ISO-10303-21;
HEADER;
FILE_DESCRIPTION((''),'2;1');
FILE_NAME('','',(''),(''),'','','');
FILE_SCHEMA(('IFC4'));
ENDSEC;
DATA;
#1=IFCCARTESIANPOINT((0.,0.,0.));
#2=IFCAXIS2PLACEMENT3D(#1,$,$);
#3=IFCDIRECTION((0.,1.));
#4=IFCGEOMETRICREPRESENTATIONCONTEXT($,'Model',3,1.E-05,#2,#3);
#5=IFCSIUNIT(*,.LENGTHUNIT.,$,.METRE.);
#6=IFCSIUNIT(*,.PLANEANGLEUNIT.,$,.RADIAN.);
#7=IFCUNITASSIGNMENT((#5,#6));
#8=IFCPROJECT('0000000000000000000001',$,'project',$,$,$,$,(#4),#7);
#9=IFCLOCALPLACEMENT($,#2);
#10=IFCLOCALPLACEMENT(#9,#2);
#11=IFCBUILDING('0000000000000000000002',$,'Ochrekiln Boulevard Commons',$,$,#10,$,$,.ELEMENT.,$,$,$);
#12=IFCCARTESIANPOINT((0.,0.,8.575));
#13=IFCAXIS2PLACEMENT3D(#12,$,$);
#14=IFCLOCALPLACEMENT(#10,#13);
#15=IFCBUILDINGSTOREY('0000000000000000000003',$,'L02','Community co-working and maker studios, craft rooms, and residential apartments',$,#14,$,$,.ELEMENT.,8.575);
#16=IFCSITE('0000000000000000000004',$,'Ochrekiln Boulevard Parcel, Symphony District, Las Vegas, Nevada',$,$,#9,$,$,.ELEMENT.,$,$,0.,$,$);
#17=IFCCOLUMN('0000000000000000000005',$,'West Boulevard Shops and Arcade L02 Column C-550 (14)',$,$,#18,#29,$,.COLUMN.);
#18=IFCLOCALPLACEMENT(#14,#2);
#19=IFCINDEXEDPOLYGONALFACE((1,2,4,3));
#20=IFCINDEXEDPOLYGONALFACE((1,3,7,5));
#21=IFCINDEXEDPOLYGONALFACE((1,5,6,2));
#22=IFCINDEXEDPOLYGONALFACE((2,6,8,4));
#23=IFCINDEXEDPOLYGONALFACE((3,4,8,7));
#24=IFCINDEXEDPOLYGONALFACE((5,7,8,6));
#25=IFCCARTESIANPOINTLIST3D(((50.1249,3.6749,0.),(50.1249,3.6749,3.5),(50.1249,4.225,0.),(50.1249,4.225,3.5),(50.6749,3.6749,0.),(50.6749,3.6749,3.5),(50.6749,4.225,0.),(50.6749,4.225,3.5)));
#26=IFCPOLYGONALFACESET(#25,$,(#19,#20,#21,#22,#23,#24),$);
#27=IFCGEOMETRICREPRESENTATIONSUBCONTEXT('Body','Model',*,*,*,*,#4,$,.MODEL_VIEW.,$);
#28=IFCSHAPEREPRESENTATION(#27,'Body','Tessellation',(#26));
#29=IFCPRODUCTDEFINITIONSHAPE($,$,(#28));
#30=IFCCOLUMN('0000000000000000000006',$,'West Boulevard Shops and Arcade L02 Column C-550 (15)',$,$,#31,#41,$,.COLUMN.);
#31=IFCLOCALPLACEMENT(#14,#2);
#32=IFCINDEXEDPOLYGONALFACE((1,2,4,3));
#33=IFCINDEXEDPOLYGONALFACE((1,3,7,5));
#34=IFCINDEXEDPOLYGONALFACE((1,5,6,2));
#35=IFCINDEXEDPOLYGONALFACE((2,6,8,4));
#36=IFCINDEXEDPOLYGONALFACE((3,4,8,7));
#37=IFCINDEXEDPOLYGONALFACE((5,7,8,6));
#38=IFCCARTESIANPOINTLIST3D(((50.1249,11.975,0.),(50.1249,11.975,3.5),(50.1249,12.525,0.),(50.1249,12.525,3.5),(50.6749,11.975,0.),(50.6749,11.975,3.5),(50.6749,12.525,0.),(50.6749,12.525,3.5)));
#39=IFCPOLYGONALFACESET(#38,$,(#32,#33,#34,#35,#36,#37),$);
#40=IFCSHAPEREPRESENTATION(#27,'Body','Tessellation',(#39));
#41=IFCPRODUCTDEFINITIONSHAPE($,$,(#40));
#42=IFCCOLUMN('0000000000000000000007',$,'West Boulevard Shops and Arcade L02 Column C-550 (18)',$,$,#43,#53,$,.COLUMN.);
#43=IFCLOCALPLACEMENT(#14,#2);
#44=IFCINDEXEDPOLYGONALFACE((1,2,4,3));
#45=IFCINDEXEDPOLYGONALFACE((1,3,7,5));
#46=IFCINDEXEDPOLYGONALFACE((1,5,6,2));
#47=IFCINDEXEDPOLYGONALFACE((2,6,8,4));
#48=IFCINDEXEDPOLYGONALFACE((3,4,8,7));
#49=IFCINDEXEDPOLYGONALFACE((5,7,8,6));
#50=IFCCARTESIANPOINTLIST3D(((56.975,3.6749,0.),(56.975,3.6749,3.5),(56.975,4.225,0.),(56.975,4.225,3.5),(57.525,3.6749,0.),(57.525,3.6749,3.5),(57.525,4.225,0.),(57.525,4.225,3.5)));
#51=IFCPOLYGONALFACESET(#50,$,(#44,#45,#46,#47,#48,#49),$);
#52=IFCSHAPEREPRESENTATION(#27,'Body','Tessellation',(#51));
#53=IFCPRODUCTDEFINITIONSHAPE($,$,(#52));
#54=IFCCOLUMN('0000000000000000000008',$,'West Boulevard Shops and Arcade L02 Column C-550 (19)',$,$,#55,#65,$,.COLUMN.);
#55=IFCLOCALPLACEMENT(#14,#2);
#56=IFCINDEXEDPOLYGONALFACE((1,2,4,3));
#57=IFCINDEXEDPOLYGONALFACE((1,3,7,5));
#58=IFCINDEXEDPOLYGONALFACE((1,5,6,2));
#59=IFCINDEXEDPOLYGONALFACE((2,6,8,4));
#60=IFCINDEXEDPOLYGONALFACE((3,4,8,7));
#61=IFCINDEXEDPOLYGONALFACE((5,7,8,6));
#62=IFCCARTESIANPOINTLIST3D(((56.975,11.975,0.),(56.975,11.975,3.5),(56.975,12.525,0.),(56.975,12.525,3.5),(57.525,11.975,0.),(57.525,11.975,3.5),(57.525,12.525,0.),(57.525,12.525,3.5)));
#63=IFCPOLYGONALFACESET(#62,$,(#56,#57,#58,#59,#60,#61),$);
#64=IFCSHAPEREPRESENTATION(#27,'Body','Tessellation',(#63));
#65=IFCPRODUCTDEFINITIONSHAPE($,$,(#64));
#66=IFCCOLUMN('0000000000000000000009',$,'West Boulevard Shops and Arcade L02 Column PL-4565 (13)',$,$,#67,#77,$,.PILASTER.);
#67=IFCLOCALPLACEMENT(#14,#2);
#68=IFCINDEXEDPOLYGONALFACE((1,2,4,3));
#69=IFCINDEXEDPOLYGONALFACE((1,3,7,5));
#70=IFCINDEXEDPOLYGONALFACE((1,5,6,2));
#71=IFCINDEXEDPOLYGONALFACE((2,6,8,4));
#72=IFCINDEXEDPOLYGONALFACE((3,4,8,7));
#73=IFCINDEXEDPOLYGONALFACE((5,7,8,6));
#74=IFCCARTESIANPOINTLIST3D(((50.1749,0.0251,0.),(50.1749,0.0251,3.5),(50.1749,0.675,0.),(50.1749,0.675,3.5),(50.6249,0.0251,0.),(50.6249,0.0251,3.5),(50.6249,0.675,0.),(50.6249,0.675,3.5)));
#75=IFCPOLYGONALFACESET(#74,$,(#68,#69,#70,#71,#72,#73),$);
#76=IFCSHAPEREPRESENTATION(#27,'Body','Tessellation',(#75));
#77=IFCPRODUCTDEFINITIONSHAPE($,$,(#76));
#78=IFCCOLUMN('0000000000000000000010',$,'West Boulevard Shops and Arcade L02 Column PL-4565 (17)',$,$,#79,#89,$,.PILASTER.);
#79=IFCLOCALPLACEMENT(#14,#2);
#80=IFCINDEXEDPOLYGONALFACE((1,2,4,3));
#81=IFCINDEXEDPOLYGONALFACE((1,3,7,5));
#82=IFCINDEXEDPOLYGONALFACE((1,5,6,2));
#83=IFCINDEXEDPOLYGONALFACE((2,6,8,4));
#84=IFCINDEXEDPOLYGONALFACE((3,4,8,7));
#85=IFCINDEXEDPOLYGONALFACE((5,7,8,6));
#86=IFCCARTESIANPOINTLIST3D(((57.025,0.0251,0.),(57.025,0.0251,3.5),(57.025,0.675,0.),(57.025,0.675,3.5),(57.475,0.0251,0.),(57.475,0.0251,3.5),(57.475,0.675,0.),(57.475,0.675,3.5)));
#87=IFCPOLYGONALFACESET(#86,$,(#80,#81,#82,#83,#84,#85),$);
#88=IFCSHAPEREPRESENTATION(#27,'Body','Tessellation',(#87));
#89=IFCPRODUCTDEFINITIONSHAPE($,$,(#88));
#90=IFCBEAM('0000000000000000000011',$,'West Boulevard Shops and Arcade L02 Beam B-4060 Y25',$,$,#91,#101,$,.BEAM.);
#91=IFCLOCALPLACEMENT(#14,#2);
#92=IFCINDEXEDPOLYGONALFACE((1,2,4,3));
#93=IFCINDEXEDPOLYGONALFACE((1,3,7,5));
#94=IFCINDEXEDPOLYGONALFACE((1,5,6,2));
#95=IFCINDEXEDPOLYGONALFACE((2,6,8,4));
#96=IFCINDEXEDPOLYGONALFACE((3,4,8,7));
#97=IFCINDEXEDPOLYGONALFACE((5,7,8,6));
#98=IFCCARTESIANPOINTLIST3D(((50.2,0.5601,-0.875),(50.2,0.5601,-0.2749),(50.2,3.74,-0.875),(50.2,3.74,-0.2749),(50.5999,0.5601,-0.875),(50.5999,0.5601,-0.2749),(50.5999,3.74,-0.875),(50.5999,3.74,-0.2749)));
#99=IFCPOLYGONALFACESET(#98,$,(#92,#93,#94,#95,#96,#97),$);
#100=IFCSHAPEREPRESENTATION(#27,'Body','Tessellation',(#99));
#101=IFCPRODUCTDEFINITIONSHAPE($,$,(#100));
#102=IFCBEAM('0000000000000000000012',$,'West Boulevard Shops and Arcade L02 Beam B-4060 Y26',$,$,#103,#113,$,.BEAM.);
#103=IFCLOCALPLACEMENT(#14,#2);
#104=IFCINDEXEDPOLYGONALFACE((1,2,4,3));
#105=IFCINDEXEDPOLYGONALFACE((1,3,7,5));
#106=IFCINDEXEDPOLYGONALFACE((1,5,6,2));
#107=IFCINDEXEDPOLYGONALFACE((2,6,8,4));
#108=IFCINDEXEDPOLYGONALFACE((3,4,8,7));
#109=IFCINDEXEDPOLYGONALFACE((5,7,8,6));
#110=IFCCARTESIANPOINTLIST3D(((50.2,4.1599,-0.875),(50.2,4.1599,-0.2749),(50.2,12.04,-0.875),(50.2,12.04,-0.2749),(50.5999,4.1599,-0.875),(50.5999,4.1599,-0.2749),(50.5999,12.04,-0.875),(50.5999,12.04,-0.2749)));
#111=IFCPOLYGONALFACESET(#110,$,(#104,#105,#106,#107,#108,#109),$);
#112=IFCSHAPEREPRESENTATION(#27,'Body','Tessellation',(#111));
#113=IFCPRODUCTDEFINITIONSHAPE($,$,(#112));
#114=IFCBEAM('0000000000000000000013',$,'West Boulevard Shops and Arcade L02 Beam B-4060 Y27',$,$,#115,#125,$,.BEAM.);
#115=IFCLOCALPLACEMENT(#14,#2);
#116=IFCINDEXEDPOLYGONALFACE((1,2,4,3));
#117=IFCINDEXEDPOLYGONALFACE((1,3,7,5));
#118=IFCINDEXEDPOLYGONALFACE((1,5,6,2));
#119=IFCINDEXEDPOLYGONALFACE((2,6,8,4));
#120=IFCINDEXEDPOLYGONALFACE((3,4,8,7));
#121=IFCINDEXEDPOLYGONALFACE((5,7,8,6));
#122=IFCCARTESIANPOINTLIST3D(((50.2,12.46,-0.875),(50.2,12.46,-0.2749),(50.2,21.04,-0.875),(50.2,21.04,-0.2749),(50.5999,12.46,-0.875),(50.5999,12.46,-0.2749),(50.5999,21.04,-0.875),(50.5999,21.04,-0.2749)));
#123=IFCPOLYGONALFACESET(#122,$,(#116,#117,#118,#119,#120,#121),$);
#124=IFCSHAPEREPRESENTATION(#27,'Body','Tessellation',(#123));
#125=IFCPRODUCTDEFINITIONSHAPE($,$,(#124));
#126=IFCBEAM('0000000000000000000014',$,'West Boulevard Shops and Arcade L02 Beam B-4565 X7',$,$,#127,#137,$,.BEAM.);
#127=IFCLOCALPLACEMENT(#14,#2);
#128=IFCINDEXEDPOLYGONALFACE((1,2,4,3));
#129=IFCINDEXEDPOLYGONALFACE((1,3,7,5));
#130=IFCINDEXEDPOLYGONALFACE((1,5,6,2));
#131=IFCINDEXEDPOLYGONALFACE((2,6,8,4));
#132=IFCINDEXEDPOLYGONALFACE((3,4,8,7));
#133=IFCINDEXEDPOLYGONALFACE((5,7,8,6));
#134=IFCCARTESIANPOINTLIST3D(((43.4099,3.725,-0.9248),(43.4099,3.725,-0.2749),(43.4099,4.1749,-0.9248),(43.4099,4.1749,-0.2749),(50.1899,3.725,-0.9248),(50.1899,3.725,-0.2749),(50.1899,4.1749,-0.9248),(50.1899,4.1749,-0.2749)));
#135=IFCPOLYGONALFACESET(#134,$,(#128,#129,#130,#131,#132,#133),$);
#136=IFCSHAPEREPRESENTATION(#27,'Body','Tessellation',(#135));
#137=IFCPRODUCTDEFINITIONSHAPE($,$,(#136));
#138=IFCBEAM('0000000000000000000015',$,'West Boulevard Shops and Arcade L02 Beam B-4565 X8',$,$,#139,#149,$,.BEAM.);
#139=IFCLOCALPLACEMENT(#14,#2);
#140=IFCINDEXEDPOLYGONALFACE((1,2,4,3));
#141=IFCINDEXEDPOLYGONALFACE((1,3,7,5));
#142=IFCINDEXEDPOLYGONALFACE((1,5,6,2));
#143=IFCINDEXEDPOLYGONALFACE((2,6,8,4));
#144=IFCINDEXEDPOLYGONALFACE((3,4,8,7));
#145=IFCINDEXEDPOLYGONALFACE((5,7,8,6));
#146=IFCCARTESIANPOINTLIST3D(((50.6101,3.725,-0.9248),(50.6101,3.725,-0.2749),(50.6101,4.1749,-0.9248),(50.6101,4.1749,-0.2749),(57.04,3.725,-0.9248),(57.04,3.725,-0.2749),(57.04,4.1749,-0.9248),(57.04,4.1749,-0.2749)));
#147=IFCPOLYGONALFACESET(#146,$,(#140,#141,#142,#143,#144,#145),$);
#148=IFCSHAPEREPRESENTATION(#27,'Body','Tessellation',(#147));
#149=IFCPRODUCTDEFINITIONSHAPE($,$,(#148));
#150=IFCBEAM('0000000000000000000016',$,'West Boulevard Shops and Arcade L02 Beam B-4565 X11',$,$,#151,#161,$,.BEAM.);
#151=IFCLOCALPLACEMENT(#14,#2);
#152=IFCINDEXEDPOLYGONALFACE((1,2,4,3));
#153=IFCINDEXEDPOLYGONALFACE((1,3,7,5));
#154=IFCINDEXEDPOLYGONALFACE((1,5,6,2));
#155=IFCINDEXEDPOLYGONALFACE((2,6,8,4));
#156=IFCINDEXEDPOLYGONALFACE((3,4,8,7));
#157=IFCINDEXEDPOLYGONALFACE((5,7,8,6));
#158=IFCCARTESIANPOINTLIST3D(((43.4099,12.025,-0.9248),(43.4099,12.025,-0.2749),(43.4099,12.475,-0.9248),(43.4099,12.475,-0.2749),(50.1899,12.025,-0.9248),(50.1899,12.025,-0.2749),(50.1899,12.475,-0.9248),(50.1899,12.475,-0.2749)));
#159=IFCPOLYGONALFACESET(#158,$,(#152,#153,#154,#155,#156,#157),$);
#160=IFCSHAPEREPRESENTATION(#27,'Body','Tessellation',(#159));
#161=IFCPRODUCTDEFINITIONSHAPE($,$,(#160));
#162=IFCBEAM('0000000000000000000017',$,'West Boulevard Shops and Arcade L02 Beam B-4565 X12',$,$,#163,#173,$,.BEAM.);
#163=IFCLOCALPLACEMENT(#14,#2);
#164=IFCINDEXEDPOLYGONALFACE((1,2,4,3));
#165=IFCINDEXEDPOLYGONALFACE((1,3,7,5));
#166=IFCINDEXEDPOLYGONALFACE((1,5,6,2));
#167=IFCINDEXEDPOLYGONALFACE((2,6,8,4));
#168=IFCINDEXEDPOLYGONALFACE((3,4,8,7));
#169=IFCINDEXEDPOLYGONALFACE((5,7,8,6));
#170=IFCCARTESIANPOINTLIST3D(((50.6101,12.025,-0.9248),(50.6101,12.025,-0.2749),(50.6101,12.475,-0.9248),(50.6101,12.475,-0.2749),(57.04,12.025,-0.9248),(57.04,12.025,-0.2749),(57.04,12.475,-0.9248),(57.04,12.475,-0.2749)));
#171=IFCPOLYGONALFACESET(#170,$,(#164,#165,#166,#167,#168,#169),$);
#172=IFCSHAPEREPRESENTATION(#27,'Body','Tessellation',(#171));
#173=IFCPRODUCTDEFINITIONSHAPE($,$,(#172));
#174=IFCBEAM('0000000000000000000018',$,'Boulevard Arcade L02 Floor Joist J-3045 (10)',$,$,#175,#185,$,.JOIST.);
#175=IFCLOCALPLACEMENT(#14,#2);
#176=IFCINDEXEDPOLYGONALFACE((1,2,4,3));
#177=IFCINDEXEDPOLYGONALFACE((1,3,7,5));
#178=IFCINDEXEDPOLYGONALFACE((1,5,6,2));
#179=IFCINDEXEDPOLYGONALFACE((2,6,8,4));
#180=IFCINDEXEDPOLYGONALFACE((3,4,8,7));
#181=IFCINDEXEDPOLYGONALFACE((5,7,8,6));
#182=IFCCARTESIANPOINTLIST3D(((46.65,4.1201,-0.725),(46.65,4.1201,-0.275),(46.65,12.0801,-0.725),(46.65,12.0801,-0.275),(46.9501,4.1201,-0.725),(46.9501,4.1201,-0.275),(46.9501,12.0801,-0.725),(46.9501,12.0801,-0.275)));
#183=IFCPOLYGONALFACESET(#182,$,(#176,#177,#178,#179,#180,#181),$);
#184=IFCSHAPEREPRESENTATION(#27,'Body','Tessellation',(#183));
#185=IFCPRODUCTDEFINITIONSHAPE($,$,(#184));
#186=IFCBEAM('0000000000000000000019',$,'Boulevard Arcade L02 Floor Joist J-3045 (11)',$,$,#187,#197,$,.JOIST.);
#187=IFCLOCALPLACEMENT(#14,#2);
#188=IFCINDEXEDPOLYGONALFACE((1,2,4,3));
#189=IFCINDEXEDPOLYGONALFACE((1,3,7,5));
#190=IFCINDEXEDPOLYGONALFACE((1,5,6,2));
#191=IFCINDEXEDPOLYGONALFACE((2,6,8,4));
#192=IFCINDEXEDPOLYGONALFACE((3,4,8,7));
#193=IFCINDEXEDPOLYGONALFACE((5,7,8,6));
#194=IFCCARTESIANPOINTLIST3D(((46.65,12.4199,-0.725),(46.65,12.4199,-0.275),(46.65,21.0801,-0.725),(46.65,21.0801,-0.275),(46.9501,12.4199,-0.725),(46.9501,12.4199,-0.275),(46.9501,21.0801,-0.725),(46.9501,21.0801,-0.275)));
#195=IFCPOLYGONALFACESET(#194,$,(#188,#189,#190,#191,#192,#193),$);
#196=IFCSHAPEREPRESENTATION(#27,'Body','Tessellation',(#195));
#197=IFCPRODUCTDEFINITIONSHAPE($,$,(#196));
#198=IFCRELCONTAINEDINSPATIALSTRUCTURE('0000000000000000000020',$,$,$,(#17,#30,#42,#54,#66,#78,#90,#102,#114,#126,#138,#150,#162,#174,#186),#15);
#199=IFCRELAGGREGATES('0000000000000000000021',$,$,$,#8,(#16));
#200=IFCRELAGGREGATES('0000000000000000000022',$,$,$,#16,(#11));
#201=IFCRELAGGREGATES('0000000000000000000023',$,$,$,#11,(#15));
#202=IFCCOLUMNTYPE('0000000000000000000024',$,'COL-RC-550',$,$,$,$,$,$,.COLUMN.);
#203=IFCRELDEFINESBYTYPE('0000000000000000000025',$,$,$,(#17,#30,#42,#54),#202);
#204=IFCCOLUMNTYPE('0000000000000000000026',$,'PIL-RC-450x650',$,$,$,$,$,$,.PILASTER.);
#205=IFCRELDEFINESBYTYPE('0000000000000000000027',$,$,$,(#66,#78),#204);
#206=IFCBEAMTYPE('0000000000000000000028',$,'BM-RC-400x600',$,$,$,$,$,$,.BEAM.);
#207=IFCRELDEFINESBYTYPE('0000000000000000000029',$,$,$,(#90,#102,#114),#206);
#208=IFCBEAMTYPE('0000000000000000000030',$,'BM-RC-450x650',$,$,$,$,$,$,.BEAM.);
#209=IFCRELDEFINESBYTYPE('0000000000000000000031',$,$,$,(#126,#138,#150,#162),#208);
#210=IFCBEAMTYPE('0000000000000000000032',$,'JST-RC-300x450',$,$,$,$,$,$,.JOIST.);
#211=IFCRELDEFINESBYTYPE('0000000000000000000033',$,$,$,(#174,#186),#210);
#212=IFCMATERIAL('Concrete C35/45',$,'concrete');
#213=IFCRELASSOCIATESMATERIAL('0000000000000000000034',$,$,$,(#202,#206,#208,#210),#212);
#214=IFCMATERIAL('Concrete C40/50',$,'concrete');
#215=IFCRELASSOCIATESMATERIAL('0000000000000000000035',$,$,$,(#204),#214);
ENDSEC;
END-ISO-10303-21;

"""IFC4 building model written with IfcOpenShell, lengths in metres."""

from ifc_helpers import new_model, si_unit, direction, frame, origin, origin_2d, place, context, subcontext, project, spatial, rectangle, extrude, material, material_profile, profile_set, type_object, element, save


model = new_model("IFC4")

# Units and contexts
model_context = context("Model", 3, precision=1e-05, world=origin(), true_north=direction((0.0, 1.0)))
body_context = subcontext(model_context, "Body", "Model", "MODEL_VIEW")
ifc_project = project(units=[si_unit("LENGTHUNIT", "METRE"), si_unit("PLANEANGLEUNIT", "RADIAN")], contexts=[model_context])

# Site, building, storey
site_placement = place(None, origin())
site = spatial("IfcSite", under=ifc_project, at=site_placement, Name="Ochrekiln Boulevard Parcel, Symphony District, Las Vegas, Nevada", CompositionType="ELEMENT", RefElevation=0.0)
building_placement = place(site_placement, origin())
building = spatial("IfcBuilding", under=site, at=building_placement, Name="Ochrekiln Boulevard Commons", CompositionType="ELEMENT")
storey_placement = place(building_placement, frame((0.0, 0.0, 8.575)))
storey = spatial("IfcBuildingStorey", under=building, at=storey_placement, Name="L02", Description="Community co-working and maker studios, craft rooms, and residential apartments", CompositionType="ELEMENT", Elevation=8.575)

# Columns
ifc_material_1 = material(Name="Concrete C35/45", Category="concrete")
ifc_material_profile_1 = material_profile(ifc_material_1, rectangle(XDim=0.55, YDim=0.55, at=origin_2d()), Name="RC-COL-550x550")
ifc_profile_set_1 = profile_set([ifc_material_profile_1], Name="Concrete C35/45")
column_type_1 = type_object("IfcColumnType", Name="COL-RC-550", PredefinedType="COLUMN", material=ifc_profile_set_1)
for number, where, z_axis, x_axis, name in (
    (1, (50.3999, 3.95, 0.0), (0.0, 0.0, 1.0), (1.0, 0.0, 0.0), "West Boulevard Shops and Arcade L02 Column C-550 (14)"),
    (2, (50.3999, 12.25, 0.0), (0.0, 0.0, 1.0), (1.0, 0.0, 0.0), "West Boulevard Shops and Arcade L02 Column C-550 (15)"),
    (3, (57.25, 3.95, 0.0), (0.0, 0.0, 1.0), (1.0, 0.0, 0.0), "West Boulevard Shops and Arcade L02 Column C-550 (18)"),
    (4, (57.25, 12.25, 0.0), (0.0, 0.0, 1.0), (1.0, 0.0, 0.0), "West Boulevard Shops and Arcade L02 Column C-550 (19)"),
):
    element("IfcColumn", number, at=place(storey_placement, frame(where, z_axis=z_axis, x_axis=x_axis)), inside=storey, type_object=column_type_1, Name=name, PredefinedType="COLUMN", context=body_context, shape_type="SweptSolid", body=[
        extrude(rectangle(XDim=0.55, YDim=0.55, at=origin_2d()), origin(), (0.0, 0.0, 1.0), 3.5),
    ])
ifc_material_2 = material(Name="Concrete C40/50", Category="concrete")
ifc_material_profile_2 = material_profile(ifc_material_2, rectangle(XDim=0.45, YDim=0.6499, at=origin_2d()), Name="RC-PIL-450x650")
ifc_profile_set_2 = profile_set([ifc_material_profile_2], Name="Concrete C40/50")
column_type_2 = type_object("IfcColumnType", Name="PIL-RC-450x650", PredefinedType="PILASTER", material=ifc_profile_set_2)
for number, where, z_axis, x_axis, name in (
    (5, (50.3999, 0.3501, 0.0), (0.0, 0.0, 1.0), (1.0, 0.0, 0.0), "West Boulevard Shops and Arcade L02 Column PL-4565 (13)"),
    (6, (57.25, 0.3501, 0.0), (0.0, 0.0, 1.0), (1.0, 0.0, 0.0), "West Boulevard Shops and Arcade L02 Column PL-4565 (17)"),
):
    element("IfcColumn", number, at=place(storey_placement, frame(where, z_axis=z_axis, x_axis=x_axis)), inside=storey, type_object=column_type_2, Name=name, PredefinedType="PILASTER", context=body_context, shape_type="SweptSolid", body=[
        extrude(rectangle(XDim=0.45, YDim=0.6499, at=origin_2d()), origin(), (0.0, 0.0, 1.0), 3.5),
    ])

# Beams
ifc_material_profile_3 = material_profile(ifc_material_1, rectangle(XDim=0.3999, YDim=0.6001, at=origin_2d()), Name="RC-BM-400x600")
ifc_profile_set_3 = profile_set([ifc_material_profile_3], Name="Concrete C35/45")
beam_type_1 = type_object("IfcBeamType", Name="BM-RC-400x600", PredefinedType="BEAM", material=ifc_profile_set_3)
beam_1_placement = place(storey_placement, frame((50.3999, 0.5601, -0.575), z_axis=(0.0, 1.0, 0.0), x_axis=(-1.0, 0.0, 0.0)))
element("IfcBeam", 7, at=beam_1_placement, inside=storey, type_object=beam_type_1, Name="West Boulevard Shops and Arcade L02 Beam B-4060 Y25", PredefinedType="BEAM", context=body_context, shape_type="SweptSolid", body=[
    extrude(rectangle(XDim=0.3999, YDim=0.6001, at=origin_2d()), origin(), (0.0, 0.0, 1.0), 3.1799),
])
beam_2_placement = place(storey_placement, frame((50.3999, 4.1599, -0.575), z_axis=(0.0, 1.0, 0.0), x_axis=(-1.0, 0.0, 0.0)))
element("IfcBeam", 8, at=beam_2_placement, inside=storey, type_object=beam_type_1, Name="West Boulevard Shops and Arcade L02 Beam B-4060 Y26", PredefinedType="BEAM", context=body_context, shape_type="SweptSolid", body=[
    extrude(rectangle(XDim=0.3999, YDim=0.6001, at=origin_2d()), origin(), (0.0, 0.0, 1.0), 7.8801),
])
beam_3_placement = place(storey_placement, frame((50.3999, 12.46, -0.575), z_axis=(0.0, 1.0, 0.0), x_axis=(-1.0, 0.0, 0.0)))
element("IfcBeam", 9, at=beam_3_placement, inside=storey, type_object=beam_type_1, Name="West Boulevard Shops and Arcade L02 Beam B-4060 Y27", PredefinedType="BEAM", context=body_context, shape_type="SweptSolid", body=[
    extrude(rectangle(XDim=0.3999, YDim=0.6001, at=origin_2d()), origin(), (0.0, 0.0, 1.0), 8.5801),
])
ifc_material_profile_4 = material_profile(ifc_material_1, rectangle(XDim=0.45, YDim=0.6499, at=origin_2d()), Name="RC-BM-450x650")
ifc_profile_set_4 = profile_set([ifc_material_profile_4], Name="Concrete C35/45")
beam_type_2 = type_object("IfcBeamType", Name="BM-RC-450x650", PredefinedType="BEAM", material=ifc_profile_set_4)
beam_4_placement = place(storey_placement, frame((43.4099, 3.95, -0.5999), z_axis=(1.0, 0.0, 0.0), x_axis=(0.0, 1.0, 0.0)))
element("IfcBeam", 10, at=beam_4_placement, inside=storey, type_object=beam_type_2, Name="West Boulevard Shops and Arcade L02 Beam B-4565 X7", PredefinedType="BEAM", context=body_context, shape_type="SweptSolid", body=[
    extrude(rectangle(XDim=0.45, YDim=0.6499, at=origin_2d()), origin(), (0.0, 0.0, 1.0), 6.78),
])
beam_5_placement = place(storey_placement, frame((50.6101, 3.95, -0.5999), z_axis=(1.0, 0.0, 0.0), x_axis=(0.0, 1.0, 0.0)))
element("IfcBeam", 11, at=beam_5_placement, inside=storey, type_object=beam_type_2, Name="West Boulevard Shops and Arcade L02 Beam B-4565 X8", PredefinedType="BEAM", context=body_context, shape_type="SweptSolid", body=[
    extrude(rectangle(XDim=0.45, YDim=0.6499, at=origin_2d()), origin(), (0.0, 0.0, 1.0), 6.4299),
])
beam_6_placement = place(storey_placement, frame((43.4099, 12.25, -0.5999), z_axis=(1.0, 0.0, 0.0), x_axis=(0.0, 1.0, 0.0)))
element("IfcBeam", 12, at=beam_6_placement, inside=storey, type_object=beam_type_2, Name="West Boulevard Shops and Arcade L02 Beam B-4565 X11", PredefinedType="BEAM", context=body_context, shape_type="SweptSolid", body=[
    extrude(rectangle(XDim=0.45, YDim=0.6499, at=origin_2d()), origin(), (0.0, 0.0, 1.0), 6.78),
])
beam_7_placement = place(storey_placement, frame((50.6101, 12.25, -0.5999), z_axis=(1.0, 0.0, 0.0), x_axis=(0.0, 1.0, 0.0)))
element("IfcBeam", 13, at=beam_7_placement, inside=storey, type_object=beam_type_2, Name="West Boulevard Shops and Arcade L02 Beam B-4565 X12", PredefinedType="BEAM", context=body_context, shape_type="SweptSolid", body=[
    extrude(rectangle(XDim=0.45, YDim=0.6499, at=origin_2d()), origin(), (0.0, 0.0, 1.0), 6.4299),
])
ifc_material_profile_5 = material_profile(ifc_material_1, rectangle(XDim=0.3, YDim=0.45, at=origin_2d()), Name="RC-JST-300x450")
ifc_profile_set_5 = profile_set([ifc_material_profile_5], Name="Concrete C35/45")
beam_type_3 = type_object("IfcBeamType", Name="JST-RC-300x450", PredefinedType="JOIST", material=ifc_profile_set_5)
beam_8_placement = place(storey_placement, frame((46.8, 4.1201, -0.5), z_axis=(0.0, 1.0, 0.0), x_axis=(-1.0, 0.0, 0.0)))
element("IfcBeam", 14, at=beam_8_placement, inside=storey, type_object=beam_type_3, Name="Boulevard Arcade L02 Floor Joist J-3045 (10)", PredefinedType="JOIST", context=body_context, shape_type="SweptSolid", body=[
    extrude(rectangle(XDim=0.3, YDim=0.45, at=origin_2d()), origin(), (0.0, 0.0, 1.0), 7.96),
])
beam_9_placement = place(storey_placement, frame((46.8, 12.4199, -0.5), z_axis=(0.0, 1.0, 0.0), x_axis=(-1.0, 0.0, 0.0)))
element("IfcBeam", 15, at=beam_9_placement, inside=storey, type_object=beam_type_3, Name="Boulevard Arcade L02 Floor Joist J-3045 (11)", PredefinedType="JOIST", context=body_context, shape_type="SweptSolid", body=[
    extrude(rectangle(XDim=0.3, YDim=0.45, at=origin_2d()), origin(), (0.0, 0.0, 1.0), 8.6602),
])

save(model, "model.ifc")
